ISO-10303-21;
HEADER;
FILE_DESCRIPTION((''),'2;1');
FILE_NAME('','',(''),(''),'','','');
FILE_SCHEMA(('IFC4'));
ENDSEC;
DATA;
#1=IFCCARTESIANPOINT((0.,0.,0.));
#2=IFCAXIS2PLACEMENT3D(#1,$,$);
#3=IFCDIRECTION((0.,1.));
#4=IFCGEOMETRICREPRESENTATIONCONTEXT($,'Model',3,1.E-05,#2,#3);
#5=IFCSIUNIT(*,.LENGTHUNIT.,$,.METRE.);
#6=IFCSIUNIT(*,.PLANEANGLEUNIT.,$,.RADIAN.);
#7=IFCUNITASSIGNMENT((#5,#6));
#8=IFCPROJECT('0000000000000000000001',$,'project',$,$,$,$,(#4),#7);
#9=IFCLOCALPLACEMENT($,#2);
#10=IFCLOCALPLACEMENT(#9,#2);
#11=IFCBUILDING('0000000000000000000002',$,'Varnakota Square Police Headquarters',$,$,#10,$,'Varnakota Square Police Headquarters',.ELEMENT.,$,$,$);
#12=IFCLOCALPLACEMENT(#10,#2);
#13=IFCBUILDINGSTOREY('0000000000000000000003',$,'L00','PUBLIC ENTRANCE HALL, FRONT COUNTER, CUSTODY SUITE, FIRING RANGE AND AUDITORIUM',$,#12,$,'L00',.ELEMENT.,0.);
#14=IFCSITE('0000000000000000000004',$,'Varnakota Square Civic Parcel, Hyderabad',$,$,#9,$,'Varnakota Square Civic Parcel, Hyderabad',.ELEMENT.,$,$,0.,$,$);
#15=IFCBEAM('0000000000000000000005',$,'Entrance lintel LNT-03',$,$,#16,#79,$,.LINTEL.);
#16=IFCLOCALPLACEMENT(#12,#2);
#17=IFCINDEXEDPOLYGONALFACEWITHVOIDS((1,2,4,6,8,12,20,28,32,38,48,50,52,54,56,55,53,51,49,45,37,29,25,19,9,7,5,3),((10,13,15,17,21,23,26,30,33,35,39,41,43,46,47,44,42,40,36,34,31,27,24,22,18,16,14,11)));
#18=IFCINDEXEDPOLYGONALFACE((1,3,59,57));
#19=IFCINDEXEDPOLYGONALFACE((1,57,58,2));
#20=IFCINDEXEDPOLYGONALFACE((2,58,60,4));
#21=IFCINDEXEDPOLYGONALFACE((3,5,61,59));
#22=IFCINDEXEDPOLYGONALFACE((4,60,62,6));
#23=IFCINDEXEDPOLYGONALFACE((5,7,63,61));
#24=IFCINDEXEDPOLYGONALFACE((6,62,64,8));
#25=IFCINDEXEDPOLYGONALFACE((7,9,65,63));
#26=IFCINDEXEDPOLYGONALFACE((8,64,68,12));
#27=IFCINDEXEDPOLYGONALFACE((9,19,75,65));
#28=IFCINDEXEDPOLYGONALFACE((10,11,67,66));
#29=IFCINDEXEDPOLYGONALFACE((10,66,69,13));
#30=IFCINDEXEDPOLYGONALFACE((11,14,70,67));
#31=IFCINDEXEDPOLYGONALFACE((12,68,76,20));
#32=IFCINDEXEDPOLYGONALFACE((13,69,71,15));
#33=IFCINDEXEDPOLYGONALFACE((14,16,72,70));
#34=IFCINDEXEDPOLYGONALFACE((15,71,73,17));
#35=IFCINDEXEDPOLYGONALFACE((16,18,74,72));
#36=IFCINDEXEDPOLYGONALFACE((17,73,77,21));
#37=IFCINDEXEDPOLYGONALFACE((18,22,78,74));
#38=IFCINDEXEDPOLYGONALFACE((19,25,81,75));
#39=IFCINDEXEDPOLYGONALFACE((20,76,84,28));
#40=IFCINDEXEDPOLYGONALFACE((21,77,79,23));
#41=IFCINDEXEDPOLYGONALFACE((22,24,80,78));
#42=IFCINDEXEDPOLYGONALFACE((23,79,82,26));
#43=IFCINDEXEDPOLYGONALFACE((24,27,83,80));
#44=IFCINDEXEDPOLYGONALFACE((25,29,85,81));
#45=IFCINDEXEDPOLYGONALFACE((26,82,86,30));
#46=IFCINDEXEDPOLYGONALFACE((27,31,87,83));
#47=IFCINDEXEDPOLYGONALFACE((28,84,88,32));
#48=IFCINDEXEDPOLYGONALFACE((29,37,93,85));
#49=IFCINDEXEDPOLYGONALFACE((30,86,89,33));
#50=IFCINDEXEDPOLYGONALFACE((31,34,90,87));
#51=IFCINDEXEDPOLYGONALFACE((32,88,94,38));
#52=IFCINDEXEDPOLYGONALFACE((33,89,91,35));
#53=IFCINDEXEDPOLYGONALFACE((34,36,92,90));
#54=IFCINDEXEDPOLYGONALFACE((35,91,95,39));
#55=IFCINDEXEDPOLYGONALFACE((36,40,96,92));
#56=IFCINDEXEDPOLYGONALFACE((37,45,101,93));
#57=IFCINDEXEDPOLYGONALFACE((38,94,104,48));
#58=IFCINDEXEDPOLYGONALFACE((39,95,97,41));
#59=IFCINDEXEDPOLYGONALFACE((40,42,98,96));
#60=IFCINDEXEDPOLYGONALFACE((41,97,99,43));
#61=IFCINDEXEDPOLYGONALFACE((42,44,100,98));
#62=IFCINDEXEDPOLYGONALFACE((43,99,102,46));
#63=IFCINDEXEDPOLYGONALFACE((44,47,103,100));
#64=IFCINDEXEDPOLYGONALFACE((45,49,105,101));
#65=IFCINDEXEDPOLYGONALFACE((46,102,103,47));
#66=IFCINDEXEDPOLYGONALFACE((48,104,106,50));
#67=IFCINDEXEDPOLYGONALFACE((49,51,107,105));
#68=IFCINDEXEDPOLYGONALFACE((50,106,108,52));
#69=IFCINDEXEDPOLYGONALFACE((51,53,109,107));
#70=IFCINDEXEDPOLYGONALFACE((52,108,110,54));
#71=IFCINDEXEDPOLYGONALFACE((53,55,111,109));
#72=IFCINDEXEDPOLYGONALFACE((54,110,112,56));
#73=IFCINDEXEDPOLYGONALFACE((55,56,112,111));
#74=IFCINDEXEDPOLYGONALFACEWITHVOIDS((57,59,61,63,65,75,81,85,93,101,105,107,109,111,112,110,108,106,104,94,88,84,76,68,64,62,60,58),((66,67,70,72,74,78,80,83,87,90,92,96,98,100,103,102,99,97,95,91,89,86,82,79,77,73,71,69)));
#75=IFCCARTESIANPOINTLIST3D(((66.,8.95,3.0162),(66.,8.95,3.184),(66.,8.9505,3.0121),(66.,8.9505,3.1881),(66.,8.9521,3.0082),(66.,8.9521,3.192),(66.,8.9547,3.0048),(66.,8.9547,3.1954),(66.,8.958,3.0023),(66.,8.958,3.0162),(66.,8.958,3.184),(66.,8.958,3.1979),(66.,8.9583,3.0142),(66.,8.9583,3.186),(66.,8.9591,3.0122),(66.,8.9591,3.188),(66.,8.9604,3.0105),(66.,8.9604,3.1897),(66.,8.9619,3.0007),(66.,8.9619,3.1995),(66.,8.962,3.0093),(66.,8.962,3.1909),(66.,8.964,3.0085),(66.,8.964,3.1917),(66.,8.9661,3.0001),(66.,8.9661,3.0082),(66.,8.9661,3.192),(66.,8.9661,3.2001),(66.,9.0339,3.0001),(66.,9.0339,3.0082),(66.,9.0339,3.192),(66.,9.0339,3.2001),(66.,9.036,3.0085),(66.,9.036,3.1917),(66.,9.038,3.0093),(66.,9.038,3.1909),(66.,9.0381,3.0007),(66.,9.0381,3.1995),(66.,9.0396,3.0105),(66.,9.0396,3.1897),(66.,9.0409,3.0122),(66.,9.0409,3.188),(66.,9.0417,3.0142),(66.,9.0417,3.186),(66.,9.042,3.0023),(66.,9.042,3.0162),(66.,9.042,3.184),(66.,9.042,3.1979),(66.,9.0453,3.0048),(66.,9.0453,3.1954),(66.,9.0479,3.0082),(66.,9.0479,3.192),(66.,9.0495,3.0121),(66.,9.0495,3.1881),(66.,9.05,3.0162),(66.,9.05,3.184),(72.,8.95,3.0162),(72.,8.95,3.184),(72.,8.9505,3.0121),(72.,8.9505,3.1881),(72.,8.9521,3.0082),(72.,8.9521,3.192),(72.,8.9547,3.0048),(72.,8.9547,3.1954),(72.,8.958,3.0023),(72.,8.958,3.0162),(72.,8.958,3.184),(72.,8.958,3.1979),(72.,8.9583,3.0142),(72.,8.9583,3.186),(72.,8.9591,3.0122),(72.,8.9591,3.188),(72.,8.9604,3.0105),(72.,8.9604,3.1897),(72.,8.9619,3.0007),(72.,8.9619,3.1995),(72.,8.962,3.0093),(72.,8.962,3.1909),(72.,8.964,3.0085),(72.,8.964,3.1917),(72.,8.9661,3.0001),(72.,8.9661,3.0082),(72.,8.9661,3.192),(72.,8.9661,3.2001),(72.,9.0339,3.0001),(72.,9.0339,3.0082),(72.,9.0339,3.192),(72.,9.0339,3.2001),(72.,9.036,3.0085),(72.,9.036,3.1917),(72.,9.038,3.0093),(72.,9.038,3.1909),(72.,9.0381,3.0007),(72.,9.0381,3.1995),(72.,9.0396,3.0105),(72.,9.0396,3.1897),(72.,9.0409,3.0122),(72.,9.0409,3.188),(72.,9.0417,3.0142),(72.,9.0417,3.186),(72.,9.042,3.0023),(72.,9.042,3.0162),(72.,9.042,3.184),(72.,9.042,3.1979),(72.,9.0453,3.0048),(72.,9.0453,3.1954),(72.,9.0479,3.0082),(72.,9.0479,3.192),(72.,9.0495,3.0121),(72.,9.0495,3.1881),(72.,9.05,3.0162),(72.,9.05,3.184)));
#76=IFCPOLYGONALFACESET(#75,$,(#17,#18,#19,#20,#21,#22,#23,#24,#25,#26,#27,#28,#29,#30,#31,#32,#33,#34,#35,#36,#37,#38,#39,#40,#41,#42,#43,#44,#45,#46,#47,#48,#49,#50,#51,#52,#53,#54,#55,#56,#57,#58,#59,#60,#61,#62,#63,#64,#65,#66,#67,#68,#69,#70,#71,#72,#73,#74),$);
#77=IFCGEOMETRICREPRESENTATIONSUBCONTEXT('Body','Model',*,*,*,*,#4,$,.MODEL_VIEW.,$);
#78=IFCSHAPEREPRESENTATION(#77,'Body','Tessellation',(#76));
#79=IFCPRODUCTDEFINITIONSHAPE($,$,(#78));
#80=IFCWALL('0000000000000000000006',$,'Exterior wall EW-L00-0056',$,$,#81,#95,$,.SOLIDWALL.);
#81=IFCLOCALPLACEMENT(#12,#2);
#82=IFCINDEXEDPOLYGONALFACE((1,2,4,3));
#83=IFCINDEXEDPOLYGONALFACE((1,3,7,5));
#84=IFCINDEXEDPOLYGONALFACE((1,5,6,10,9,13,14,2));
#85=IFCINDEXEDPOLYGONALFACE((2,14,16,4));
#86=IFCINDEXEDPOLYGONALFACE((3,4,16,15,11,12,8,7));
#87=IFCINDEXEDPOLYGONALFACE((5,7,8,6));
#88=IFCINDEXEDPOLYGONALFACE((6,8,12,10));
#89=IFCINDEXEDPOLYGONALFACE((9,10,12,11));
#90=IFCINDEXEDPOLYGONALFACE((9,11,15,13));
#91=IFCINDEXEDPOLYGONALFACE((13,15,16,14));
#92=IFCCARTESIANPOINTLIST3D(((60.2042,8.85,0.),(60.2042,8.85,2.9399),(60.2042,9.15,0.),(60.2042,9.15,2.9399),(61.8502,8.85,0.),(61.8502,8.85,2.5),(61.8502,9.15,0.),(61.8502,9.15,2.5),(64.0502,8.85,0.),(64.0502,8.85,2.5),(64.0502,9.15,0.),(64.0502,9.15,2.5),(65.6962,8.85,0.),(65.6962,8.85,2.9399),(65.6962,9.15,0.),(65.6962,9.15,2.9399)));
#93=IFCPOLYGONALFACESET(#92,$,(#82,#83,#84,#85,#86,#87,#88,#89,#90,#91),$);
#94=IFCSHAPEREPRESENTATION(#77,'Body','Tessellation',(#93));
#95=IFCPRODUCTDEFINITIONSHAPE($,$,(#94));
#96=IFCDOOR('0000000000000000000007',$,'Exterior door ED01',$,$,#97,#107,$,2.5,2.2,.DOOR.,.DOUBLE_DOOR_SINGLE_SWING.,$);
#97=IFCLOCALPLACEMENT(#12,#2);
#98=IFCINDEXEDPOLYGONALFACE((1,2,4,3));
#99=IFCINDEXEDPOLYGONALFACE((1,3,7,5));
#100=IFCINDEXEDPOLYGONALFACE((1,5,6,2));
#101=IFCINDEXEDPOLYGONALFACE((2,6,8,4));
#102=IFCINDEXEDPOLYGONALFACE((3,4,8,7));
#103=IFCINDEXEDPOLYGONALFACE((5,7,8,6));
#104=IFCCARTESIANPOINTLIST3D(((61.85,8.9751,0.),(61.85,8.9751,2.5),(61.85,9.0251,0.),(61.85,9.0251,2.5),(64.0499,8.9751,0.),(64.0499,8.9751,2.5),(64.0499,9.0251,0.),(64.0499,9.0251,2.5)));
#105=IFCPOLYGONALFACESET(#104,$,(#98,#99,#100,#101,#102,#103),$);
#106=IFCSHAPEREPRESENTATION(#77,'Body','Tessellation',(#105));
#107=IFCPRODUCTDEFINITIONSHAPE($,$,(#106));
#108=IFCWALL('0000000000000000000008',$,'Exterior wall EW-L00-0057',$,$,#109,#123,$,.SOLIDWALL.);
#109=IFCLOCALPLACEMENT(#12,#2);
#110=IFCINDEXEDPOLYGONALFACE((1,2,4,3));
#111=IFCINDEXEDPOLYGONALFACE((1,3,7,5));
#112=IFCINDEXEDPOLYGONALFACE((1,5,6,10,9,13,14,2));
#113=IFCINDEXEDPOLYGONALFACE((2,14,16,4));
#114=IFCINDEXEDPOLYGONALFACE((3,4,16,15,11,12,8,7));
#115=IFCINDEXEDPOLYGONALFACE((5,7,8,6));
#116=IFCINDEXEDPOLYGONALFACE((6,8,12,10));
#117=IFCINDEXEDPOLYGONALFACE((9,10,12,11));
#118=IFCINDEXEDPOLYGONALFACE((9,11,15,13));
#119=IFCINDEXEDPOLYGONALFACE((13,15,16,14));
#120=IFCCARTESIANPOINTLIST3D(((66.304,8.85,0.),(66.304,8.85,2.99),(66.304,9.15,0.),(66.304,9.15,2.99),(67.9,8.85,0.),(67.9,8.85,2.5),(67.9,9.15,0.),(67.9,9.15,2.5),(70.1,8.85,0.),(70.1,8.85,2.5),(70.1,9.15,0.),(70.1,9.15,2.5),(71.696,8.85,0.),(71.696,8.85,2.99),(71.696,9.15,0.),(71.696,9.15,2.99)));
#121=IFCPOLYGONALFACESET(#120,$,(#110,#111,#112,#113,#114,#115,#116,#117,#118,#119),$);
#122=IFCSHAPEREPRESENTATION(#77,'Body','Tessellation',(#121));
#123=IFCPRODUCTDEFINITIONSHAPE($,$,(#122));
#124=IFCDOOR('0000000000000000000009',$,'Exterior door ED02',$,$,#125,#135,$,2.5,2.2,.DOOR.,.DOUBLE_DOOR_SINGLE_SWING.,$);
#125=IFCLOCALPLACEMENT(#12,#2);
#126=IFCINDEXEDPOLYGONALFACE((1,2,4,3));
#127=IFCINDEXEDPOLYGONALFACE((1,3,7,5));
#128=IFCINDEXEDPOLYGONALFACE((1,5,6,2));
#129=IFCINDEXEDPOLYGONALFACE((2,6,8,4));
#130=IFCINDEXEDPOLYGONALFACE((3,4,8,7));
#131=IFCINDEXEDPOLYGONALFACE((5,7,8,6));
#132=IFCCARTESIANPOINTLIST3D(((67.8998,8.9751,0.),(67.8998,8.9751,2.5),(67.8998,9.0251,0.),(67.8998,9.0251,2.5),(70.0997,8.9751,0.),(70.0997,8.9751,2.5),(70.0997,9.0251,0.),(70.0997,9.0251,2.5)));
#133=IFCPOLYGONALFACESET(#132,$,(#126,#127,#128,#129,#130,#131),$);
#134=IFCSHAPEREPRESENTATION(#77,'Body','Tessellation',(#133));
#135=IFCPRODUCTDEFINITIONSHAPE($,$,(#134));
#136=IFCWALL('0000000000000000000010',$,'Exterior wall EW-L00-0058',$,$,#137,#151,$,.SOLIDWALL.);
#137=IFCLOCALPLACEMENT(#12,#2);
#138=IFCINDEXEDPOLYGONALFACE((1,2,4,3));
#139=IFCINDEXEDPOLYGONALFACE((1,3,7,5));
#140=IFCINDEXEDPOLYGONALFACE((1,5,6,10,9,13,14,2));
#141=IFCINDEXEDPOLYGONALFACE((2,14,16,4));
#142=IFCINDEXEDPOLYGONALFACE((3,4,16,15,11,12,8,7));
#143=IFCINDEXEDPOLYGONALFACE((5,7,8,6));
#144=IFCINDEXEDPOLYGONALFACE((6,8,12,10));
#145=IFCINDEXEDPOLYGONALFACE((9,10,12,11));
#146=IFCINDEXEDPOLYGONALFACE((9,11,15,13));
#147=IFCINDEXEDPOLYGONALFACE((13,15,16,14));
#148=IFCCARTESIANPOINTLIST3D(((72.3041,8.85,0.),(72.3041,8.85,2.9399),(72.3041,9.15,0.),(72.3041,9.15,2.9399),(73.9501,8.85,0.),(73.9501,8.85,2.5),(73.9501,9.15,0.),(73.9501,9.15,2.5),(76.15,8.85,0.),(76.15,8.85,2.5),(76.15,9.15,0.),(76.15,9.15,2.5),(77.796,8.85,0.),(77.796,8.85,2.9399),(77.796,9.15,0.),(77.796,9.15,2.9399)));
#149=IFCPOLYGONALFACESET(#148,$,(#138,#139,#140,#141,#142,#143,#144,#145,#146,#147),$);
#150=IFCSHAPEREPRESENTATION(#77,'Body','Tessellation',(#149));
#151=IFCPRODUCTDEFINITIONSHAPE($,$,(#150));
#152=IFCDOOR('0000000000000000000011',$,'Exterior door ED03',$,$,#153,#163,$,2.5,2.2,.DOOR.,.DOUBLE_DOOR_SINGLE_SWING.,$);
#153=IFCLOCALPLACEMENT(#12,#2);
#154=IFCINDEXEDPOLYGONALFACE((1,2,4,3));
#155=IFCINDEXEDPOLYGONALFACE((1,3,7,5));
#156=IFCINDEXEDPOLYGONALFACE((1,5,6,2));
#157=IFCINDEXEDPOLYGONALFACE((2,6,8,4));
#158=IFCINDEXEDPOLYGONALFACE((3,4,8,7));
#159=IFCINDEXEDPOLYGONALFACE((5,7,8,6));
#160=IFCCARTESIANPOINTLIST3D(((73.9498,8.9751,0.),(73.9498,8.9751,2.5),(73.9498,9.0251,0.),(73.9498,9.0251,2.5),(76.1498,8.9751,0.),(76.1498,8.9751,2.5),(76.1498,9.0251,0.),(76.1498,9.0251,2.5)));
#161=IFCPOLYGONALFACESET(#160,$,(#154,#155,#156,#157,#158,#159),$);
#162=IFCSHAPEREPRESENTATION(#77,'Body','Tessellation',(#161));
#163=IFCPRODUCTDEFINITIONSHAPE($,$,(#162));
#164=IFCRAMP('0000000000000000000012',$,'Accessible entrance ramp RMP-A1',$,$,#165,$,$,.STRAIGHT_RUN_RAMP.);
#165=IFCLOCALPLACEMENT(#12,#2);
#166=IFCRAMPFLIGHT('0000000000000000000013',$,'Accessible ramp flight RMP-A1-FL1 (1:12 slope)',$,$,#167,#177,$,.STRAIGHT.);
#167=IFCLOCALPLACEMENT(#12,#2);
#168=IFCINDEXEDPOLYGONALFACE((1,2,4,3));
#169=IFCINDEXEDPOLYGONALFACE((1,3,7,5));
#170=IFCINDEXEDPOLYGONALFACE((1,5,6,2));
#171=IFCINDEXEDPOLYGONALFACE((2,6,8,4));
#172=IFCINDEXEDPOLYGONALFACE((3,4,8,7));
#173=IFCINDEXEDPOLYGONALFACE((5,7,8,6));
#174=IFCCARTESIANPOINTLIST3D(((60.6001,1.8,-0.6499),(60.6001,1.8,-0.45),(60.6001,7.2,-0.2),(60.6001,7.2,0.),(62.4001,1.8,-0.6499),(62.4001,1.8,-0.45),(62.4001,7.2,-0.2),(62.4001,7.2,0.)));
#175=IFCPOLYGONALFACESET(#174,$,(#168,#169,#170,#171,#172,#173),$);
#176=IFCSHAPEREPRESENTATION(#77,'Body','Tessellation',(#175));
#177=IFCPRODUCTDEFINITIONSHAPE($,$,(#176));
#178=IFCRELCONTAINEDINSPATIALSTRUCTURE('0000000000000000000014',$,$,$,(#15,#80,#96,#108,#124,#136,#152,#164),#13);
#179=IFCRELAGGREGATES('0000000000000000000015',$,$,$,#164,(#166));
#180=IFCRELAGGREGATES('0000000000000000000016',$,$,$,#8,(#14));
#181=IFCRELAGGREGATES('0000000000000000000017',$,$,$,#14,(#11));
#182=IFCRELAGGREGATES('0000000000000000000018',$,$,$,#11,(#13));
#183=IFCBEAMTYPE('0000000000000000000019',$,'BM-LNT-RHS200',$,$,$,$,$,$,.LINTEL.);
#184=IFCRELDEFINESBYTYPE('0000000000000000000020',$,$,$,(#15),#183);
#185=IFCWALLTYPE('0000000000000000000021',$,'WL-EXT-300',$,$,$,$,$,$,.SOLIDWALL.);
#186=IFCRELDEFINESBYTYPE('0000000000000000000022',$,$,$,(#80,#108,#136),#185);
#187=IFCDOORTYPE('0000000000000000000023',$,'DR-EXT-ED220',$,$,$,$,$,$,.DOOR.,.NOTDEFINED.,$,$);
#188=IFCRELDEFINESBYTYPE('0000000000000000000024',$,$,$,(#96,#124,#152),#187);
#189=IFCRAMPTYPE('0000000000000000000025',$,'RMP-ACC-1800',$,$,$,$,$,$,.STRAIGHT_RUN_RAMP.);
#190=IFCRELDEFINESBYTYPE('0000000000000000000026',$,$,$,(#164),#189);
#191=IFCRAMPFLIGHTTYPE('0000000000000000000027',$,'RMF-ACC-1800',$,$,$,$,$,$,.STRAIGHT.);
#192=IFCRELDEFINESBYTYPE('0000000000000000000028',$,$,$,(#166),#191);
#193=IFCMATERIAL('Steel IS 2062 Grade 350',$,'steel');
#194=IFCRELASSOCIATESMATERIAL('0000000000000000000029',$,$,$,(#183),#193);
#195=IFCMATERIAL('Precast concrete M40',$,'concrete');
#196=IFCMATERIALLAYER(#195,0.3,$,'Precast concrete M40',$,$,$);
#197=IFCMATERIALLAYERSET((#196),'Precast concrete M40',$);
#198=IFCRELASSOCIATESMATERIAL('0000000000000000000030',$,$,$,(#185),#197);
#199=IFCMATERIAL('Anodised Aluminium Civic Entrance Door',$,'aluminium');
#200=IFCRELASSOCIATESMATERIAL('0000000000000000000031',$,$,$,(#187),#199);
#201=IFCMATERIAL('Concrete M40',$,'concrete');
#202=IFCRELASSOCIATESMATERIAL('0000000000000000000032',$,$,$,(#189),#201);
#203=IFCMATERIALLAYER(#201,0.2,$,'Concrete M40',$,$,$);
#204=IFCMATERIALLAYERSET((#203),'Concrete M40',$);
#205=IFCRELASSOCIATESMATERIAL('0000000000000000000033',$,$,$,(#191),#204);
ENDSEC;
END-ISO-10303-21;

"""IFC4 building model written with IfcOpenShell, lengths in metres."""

from ifc_helpers import new_model, si_unit, direction, frame, frame_2d, origin, origin_2d, place, context, subcontext, project, spatial, polyline, rectangle, hollow_rectangle, outline, extrude, material, layer, layer_set, material_profile, profile_set, type_object, element, fill, aggregate, save


model = new_model("IFC4")

# Units and contexts
model_context = context("Model", 3, precision=1e-05, world=origin(), true_north=direction((0.0, 1.0)))
body_context = subcontext(model_context, "Body", "Model", "MODEL_VIEW")
ifc_project = project(units=[si_unit("LENGTHUNIT", "METRE"), si_unit("PLANEANGLEUNIT", "RADIAN")], contexts=[model_context])

# Site, building, storey
site_placement = place(None, origin())
site = spatial("IfcSite", under=ifc_project, at=site_placement, Name="Varnakota Square Civic Parcel, Hyderabad", LongName="Varnakota Square Civic Parcel, Hyderabad", CompositionType="ELEMENT", RefElevation=0.0)
building_placement = place(site_placement, origin())
building = spatial("IfcBuilding", under=site, at=building_placement, Name="Varnakota Square Police Headquarters", LongName="Varnakota Square Police Headquarters", CompositionType="ELEMENT")
storey_placement = place(building_placement, origin())
storey = spatial("IfcBuildingStorey", under=building, at=storey_placement, Name="L00", Description="PUBLIC ENTRANCE HALL, FRONT COUNTER, CUSTODY SUITE, FIRING RANGE AND AUDITORIUM", LongName="L00", CompositionType="ELEMENT", Elevation=0.0)

# Shared definitions
ifc_material_1 = material(Name="Concrete M40", Category="concrete")

# Beam
ifc_material_2 = material(Name="Steel IS 2062 Grade 350", Category="steel")
ifc_material_profile_1 = material_profile(ifc_material_2, hollow_rectangle(XDim=0.1001, YDim=0.2, WallThickness=0.0081, InnerFilletRadius=0.0081, OuterFilletRadius=0.0161, at=origin_2d()), Name="RHS 200x100x8")
ifc_profile_set_1 = profile_set([ifc_material_profile_1], Name="Steel IS 2062 Grade 350")
beam_type_1 = type_object("IfcBeamType", Name="BM-LNT-RHS200", PredefinedType="LINTEL", material=ifc_profile_set_1)
beam_1_placement = place(storey_placement, frame((66.0, 9.0, 3.1001), z_axis=(1.0, 0.0, 0.0), x_axis=(0.0, 1.0, 0.0)))
element("IfcBeam", 1, at=beam_1_placement, inside=storey, type_object=beam_type_1, Name="Entrance lintel LNT-03", PredefinedType="LINTEL", context=body_context, shape_type="SweptSolid", body=[
    extrude(hollow_rectangle(XDim=0.1001, YDim=0.2, WallThickness=0.0081, InnerFilletRadius=0.0081, OuterFilletRadius=0.0161, at=origin_2d()), origin(), (0.0, 0.0, 1.0), 6.0),
])

# Walls, openings, doors
ifc_material_3 = material(Name="Precast concrete M40", Category="concrete")
ifc_layer_1 = layer(ifc_material_3, 0.3, Name="Precast concrete M40")
ifc_layer_set_1 = layer_set([ifc_layer_1], Name="Precast concrete M40")
wall_type = type_object("IfcWallType", Name="WL-EXT-300", PredefinedType="SOLIDWALL", material=ifc_layer_set_1)
wall_1_placement = place(storey_placement, frame((60.2041, 9.0, 0.0), z_axis=(0.0, 0.0, 1.0), x_axis=(1.0, 0.0, 0.0)))
wall_1 = element("IfcWall", 2, at=wall_1_placement, inside=storey, type_object=wall_type, Name="Exterior wall EW-L00-0056", PredefinedType="SOLIDWALL", context=body_context, shape_type="SweptSolid", body=[
    extrude(rectangle(XDim=5.4919, YDim=0.3, at=frame_2d((2.7461, 0.0))), origin(), (0.0, 0.0, 1.0), 2.9399),
])
opening_1_placement = place(wall_1_placement, frame((1.646, 0.0, 0.0)))
opening_1 = element("IfcOpeningElement", 3, at=opening_1_placement, cuts=wall_1, PredefinedType="OPENING", context=body_context, shape_type="SweptSolid", body=[
    extrude(rectangle(XDim=2.2, YDim=2.5, at=frame_2d((1.1001, 1.25))), frame((0.0, 0.1599, 0.0), z_axis=(0.0, -1.0, 0.0), x_axis=(1.0, 0.0, 0.0)), (0.0, 0.0, 1.0), 0.3201),
])
ifc_material_4 = material(Name="Anodised Aluminium Civic Entrance Door", Category="aluminium")
door_type = type_object("IfcDoorType", Name="DR-EXT-ED220", OperationType="NOTDEFINED", PredefinedType="DOOR", material=ifc_material_4)
door_1_placement = place(opening_1_placement, frame((2.2, 0.0, 0.0), z_axis=(0.0, 0.0, 1.0), x_axis=(-1.0, 0.0, 0.0)))
door_1 = element("IfcDoor", 4, at=door_1_placement, inside=storey, type_object=door_type, Name="Exterior door ED01", OperationType="DOUBLE_DOOR_SINGLE_SWING", OverallHeight=2.5, OverallWidth=2.2, PredefinedType="DOOR", context=body_context, shape_type="SweptSolid", body=[
    extrude(rectangle(XDim=2.2, YDim=2.5, at=frame_2d((1.1001, 1.25))), frame((0.0, 0.0249, 0.0), z_axis=(0.0, -1.0, 0.0), x_axis=(1.0, 0.0, 0.0)), (0.0, 0.0, 1.0), 0.05),
])
fill(opening_1, door_1)
wall_2_placement = place(storey_placement, frame((66.304, 9.0, 0.0), z_axis=(0.0, 0.0, 1.0), x_axis=(1.0, 0.0, 0.0)))
wall_2 = element("IfcWall", 5, at=wall_2_placement, inside=storey, type_object=wall_type, Name="Exterior wall EW-L00-0057", PredefinedType="SOLIDWALL", context=body_context, shape_type="SweptSolid", body=[
    extrude(rectangle(XDim=5.3921, YDim=0.3, at=frame_2d((2.696, 0.0))), origin(), (0.0, 0.0, 1.0), 2.99),
])
opening_2_placement = place(wall_2_placement, frame((1.5959, 0.0, 0.0)))
opening_2 = element("IfcOpeningElement", 6, at=opening_2_placement, cuts=wall_2, PredefinedType="OPENING", context=body_context, shape_type="SweptSolid", body=[
    extrude(rectangle(XDim=2.2, YDim=2.5, at=frame_2d((1.1001, 1.25))), frame((0.0, 0.1599, 0.0), z_axis=(0.0, -1.0, 0.0), x_axis=(1.0, 0.0, 0.0)), (0.0, 0.0, 1.0), 0.3201),
])
door_2_placement = place(opening_2_placement, frame((2.2, 0.0, 0.0), z_axis=(0.0, 0.0, 1.0), x_axis=(-1.0, 0.0, 0.0)))
door_2 = element("IfcDoor", 7, at=door_2_placement, inside=storey, type_object=door_type, Name="Exterior door ED02", OperationType="DOUBLE_DOOR_SINGLE_SWING", OverallHeight=2.5, OverallWidth=2.2, PredefinedType="DOOR", context=body_context, shape_type="SweptSolid", body=[
    extrude(rectangle(XDim=2.2, YDim=2.5, at=frame_2d((1.1001, 1.25))), frame((0.0, 0.0249, 0.0), z_axis=(0.0, -1.0, 0.0), x_axis=(1.0, 0.0, 0.0)), (0.0, 0.0, 1.0), 0.05),
])
fill(opening_2, door_2)
wall_3_placement = place(storey_placement, frame((72.304, 9.0, 0.0), z_axis=(0.0, 0.0, 1.0), x_axis=(1.0, 0.0, 0.0)))
wall_3 = element("IfcWall", 8, at=wall_3_placement, inside=storey, type_object=wall_type, Name="Exterior wall EW-L00-0058", PredefinedType="SOLIDWALL", context=body_context, shape_type="SweptSolid", body=[
    extrude(rectangle(XDim=5.4919, YDim=0.3, at=frame_2d((2.7461, 0.0))), origin(), (0.0, 0.0, 1.0), 2.9399),
])
opening_3_placement = place(wall_3_placement, frame((1.646, 0.0, 0.0)))
opening_3 = element("IfcOpeningElement", 9, at=opening_3_placement, cuts=wall_3, PredefinedType="OPENING", context=body_context, shape_type="SweptSolid", body=[
    extrude(rectangle(XDim=2.2, YDim=2.5, at=frame_2d((1.1001, 1.25))), frame((0.0, 0.1599, 0.0), z_axis=(0.0, -1.0, 0.0), x_axis=(1.0, 0.0, 0.0)), (0.0, 0.0, 1.0), 0.3201),
])
door_3_placement = place(opening_3_placement, frame((2.2, 0.0, 0.0), z_axis=(0.0, 0.0, 1.0), x_axis=(-1.0, 0.0, 0.0)))
door_3 = element("IfcDoor", 10, at=door_3_placement, inside=storey, type_object=door_type, Name="Exterior door ED03", OperationType="DOUBLE_DOOR_SINGLE_SWING", OverallHeight=2.5, OverallWidth=2.2, PredefinedType="DOOR", context=body_context, shape_type="SweptSolid", body=[
    extrude(rectangle(XDim=2.2, YDim=2.5, at=frame_2d((1.1001, 1.25))), frame((0.0, 0.0249, 0.0), z_axis=(0.0, -1.0, 0.0), x_axis=(1.0, 0.0, 0.0)), (0.0, 0.0, 1.0), 0.05),
])
fill(opening_3, door_3)

# Ramp, ramp flight
ramp_type = type_object("IfcRampType", Name="RMP-ACC-1800", PredefinedType="STRAIGHT_RUN_RAMP", material=ifc_material_1)
ramp_placement = place(storey_placement, origin())
ramp = element("IfcRamp", 11, at=ramp_placement, inside=storey, type_object=ramp_type, Name="Accessible entrance ramp RMP-A1", PredefinedType="STRAIGHT_RUN_RAMP")
ifc_layer_2 = layer(ifc_material_1, 0.2, Name="Concrete M40")
ifc_layer_set_2 = layer_set([ifc_layer_2], Name="Concrete M40")
ramp_flight_type = type_object("IfcRampFlightType", Name="RMF-ACC-1800", PredefinedType="STRAIGHT", material=ifc_layer_set_2)
ramp_flight_placement = place(storey_placement, frame((61.5, 1.8, -0.45), z_axis=(0.0, 0.0, 1.0), x_axis=(0.0, 1.0, 0.0)))
ramp_flight = element("IfcRampFlight", 12, at=ramp_flight_placement, type_object=ramp_flight_type, Name="Accessible ramp flight RMP-A1-FL1 (1:12 slope)", PredefinedType="STRAIGHT", context=body_context, shape_type="SweptSolid", body=[
    extrude(outline(polyline([(0.0, 0.0), (5.3999, 0.45), (5.3999, 0.25), (0.0, -0.2), (0.0, 0.0)])), frame((0.0, 0.8999, 0.0), z_axis=(0.0, -1.0, 0.0), x_axis=(1.0, 0.0, 0.0)), (0.0, 0.0, 1.0), 1.8),
])
aggregate(ramp, [ramp_flight])

save(model, "model.ifc")
